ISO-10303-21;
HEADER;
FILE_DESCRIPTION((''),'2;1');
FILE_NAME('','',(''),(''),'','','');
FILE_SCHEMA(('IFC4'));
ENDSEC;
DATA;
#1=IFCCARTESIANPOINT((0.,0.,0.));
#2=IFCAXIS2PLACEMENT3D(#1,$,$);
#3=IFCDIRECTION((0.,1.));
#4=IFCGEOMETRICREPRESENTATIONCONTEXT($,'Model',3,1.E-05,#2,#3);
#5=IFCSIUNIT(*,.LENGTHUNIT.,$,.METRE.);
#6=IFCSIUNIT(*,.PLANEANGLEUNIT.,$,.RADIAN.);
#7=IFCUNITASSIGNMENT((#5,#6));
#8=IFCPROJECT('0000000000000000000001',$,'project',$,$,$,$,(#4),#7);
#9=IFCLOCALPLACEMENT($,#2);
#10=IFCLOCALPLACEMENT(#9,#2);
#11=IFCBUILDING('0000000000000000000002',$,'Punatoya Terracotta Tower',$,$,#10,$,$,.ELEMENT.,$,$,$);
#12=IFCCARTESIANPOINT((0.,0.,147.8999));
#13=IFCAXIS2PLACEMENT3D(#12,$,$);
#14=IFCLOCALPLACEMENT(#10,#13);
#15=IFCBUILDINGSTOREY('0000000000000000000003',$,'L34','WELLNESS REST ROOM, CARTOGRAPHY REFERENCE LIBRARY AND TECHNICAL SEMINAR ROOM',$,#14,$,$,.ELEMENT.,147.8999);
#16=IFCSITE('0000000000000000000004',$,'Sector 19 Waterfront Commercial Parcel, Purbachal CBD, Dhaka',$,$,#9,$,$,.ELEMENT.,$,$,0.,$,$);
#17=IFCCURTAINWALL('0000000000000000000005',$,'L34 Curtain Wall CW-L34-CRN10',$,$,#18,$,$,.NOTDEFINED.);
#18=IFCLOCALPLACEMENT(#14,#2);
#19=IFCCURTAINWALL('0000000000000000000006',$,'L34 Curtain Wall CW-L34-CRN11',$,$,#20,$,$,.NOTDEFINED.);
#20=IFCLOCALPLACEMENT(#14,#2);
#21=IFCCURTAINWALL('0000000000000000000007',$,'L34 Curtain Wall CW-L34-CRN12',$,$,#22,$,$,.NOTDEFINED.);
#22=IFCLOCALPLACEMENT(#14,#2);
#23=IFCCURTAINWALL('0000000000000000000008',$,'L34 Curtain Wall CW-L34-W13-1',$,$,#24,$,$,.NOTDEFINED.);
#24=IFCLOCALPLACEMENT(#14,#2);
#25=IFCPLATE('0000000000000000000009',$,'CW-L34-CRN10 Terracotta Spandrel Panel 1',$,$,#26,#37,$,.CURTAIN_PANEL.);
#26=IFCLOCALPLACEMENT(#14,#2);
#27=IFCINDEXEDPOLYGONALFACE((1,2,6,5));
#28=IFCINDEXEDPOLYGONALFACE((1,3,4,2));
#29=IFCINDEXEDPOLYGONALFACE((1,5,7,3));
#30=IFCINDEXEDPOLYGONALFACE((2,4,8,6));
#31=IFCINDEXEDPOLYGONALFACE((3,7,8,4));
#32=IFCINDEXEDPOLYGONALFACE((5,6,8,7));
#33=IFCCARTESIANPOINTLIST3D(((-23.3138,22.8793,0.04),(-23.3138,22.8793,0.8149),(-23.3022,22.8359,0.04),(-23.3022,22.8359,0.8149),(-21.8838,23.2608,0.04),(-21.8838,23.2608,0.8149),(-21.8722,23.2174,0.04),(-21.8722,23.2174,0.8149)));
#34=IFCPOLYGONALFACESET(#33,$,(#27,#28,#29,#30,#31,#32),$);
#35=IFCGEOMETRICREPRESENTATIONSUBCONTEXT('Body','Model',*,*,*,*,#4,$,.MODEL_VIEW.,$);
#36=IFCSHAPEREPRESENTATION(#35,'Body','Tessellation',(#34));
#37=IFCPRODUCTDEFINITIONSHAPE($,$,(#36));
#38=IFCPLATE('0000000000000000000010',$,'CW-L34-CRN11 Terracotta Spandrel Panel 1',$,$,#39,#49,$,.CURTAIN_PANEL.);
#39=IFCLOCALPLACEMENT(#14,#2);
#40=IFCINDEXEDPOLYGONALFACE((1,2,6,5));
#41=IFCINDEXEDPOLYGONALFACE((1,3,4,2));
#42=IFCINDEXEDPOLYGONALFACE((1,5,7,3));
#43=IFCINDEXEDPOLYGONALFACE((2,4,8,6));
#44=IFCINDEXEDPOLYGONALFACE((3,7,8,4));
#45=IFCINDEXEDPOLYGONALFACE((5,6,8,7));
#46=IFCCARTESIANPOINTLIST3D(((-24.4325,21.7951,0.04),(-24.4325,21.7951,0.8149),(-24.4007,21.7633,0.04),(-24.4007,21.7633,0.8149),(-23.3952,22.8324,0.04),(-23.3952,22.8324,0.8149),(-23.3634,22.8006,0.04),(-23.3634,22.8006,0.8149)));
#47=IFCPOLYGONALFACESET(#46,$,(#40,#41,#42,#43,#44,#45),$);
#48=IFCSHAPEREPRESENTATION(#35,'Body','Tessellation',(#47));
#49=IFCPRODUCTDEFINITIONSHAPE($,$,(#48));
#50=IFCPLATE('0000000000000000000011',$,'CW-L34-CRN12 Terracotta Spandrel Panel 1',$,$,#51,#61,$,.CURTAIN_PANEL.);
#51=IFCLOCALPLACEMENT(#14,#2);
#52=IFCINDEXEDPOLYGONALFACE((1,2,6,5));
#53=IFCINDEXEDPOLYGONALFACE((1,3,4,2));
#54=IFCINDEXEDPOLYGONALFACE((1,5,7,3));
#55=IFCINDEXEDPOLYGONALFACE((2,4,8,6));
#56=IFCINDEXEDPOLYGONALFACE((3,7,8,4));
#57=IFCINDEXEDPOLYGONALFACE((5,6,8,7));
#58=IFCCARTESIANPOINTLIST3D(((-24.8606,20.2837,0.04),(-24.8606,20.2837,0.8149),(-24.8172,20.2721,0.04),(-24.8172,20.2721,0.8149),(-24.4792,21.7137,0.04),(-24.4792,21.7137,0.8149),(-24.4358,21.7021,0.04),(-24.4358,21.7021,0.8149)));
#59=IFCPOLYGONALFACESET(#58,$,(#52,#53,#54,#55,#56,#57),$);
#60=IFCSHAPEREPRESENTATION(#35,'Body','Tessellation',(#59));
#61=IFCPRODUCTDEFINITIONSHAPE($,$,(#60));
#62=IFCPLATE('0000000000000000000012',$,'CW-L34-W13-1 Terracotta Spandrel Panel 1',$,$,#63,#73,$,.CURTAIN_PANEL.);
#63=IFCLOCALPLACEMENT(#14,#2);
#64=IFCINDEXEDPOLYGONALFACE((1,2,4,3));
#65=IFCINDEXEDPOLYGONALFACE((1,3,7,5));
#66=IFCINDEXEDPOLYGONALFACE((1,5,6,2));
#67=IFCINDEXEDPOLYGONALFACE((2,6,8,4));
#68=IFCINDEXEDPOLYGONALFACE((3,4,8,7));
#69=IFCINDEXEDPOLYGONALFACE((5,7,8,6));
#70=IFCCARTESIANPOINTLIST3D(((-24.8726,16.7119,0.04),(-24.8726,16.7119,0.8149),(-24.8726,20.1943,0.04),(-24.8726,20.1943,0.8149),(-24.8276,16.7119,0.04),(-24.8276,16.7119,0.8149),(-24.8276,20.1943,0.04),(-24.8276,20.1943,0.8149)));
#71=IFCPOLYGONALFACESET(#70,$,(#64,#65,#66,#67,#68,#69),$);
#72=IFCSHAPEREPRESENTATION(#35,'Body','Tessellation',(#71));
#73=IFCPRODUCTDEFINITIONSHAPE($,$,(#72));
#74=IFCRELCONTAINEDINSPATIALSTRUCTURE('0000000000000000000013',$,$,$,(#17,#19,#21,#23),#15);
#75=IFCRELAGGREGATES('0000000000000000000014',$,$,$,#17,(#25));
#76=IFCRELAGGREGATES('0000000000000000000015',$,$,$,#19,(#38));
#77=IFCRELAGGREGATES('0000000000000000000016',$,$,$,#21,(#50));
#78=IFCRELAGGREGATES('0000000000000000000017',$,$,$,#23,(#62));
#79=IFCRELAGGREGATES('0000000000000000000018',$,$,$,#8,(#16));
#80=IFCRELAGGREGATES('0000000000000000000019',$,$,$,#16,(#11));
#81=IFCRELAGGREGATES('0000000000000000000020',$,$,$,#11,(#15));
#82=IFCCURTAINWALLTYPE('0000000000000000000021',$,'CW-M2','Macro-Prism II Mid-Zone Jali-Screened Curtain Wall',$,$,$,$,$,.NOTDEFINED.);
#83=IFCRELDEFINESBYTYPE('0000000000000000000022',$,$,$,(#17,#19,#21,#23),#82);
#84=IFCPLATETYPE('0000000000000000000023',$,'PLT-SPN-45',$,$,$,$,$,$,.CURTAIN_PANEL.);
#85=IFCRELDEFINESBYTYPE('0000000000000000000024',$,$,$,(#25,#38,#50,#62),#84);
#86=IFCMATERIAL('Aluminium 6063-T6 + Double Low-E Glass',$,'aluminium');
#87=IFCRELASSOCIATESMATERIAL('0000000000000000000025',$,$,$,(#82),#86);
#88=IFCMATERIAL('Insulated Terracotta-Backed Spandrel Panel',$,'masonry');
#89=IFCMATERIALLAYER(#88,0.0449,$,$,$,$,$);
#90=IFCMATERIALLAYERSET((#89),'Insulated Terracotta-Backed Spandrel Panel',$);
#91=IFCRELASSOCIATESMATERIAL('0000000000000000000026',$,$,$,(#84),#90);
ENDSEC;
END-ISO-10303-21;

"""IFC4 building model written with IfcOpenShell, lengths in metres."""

from ifc_helpers import new_model, si_unit, direction, frame, origin, origin_2d, place, context, subcontext, project, spatial, rectangle, extrude, material, layer, layer_set, type_object, element, aggregate, save


model = new_model("IFC4")

# Units and contexts
model_context = context("Model", 3, precision=1e-05, world=origin(), true_north=direction((0.0, 1.0)))
body_context = subcontext(model_context, "Body", "Model", "MODEL_VIEW")
ifc_project = project(units=[si_unit("LENGTHUNIT", "METRE"), si_unit("PLANEANGLEUNIT", "RADIAN")], contexts=[model_context])

# Site, building, storey
site_placement = place(None, origin())
site = spatial("IfcSite", under=ifc_project, at=site_placement, Name="Sector 19 Waterfront Commercial Parcel, Purbachal CBD, Dhaka", CompositionType="ELEMENT", RefElevation=0.0)
building_placement = place(site_placement, origin())
building = spatial("IfcBuilding", under=site, at=building_placement, Name="Punatoya Terracotta Tower", CompositionType="ELEMENT")
storey_placement = place(building_placement, frame((0.0, 0.0, 147.8999)))
storey = spatial("IfcBuildingStorey", under=building, at=storey_placement, Name="L34", Description="WELLNESS REST ROOM, CARTOGRAPHY REFERENCE LIBRARY AND TECHNICAL SEMINAR ROOM", CompositionType="ELEMENT", Elevation=147.8999)

# Curtain walls
ifc_material_1 = material(Name="Aluminium 6063-T6 + Double Low-E Glass", Category="aluminium")
curtain_wall_type = type_object("IfcCurtainWallType", Name="CW-M2", Description="Macro-Prism II Mid-Zone Jali-Screened Curtain Wall", PredefinedType="NOTDEFINED", material=ifc_material_1)
curtain_wall_1_placement = place(storey_placement, origin())
curtain_wall_1 = element("IfcCurtainWall", 1, at=curtain_wall_1_placement, inside=storey, type_object=curtain_wall_type, Name="L34 Curtain Wall CW-L34-CRN10", PredefinedType="NOTDEFINED")
curtain_wall_2_placement = place(storey_placement, origin())
curtain_wall_2 = element("IfcCurtainWall", 2, at=curtain_wall_2_placement, inside=storey, type_object=curtain_wall_type, Name="L34 Curtain Wall CW-L34-CRN11", PredefinedType="NOTDEFINED")
curtain_wall_3_placement = place(storey_placement, origin())
curtain_wall_3 = element("IfcCurtainWall", 3, at=curtain_wall_3_placement, inside=storey, type_object=curtain_wall_type, Name="L34 Curtain Wall CW-L34-CRN12", PredefinedType="NOTDEFINED")

# Curtain wall
curtain_wall_4_placement = place(storey_placement, origin())
curtain_wall_4 = element("IfcCurtainWall", 4, at=curtain_wall_4_placement, inside=storey, type_object=curtain_wall_type, Name="L34 Curtain Wall CW-L34-W13-1", PredefinedType="NOTDEFINED")

# Plates
ifc_material_2 = material(Name="Insulated Terracotta-Backed Spandrel Panel", Category="masonry")
ifc_layer_1 = layer(ifc_material_2, 0.0449)
ifc_layer_set_1 = layer_set([ifc_layer_1], Name="Insulated Terracotta-Backed Spandrel Panel")
plate_type_1 = type_object("IfcPlateType", Name="PLT-SPN-45", PredefinedType="CURTAIN_PANEL", material=ifc_layer_set_1)
plate_1_placement = place(storey_placement, frame((-22.593, 23.0483, 0.04), z_axis=(0.0, 0.0, 1.0), x_axis=(-0.966214, -0.257742, 0.0)))
plate_1 = element("IfcPlate", 5, at=plate_1_placement, type_object=plate_type_1, Name="CW-L34-CRN10 Terracotta Spandrel Panel 1", PredefinedType="CURTAIN_PANEL", context=body_context, shape_type="SweptSolid", body=[
    extrude(rectangle(XDim=1.48, YDim=0.0449, at=origin_2d()), origin(), (0.0, 0.0, 1.0), 0.7749),
])
aggregate(curtain_wall_1, [plate_1])
plate_2_placement = place(storey_placement, frame((-23.8979, 22.2979, 0.04), z_axis=(0.0, 0.0, 1.0), x_axis=(-0.707107, -0.707107, 0.0)))
plate_2 = element("IfcPlate", 6, at=plate_2_placement, type_object=plate_type_1, Name="CW-L34-CRN11 Terracotta Spandrel Panel 1", PredefinedType="CURTAIN_PANEL", context=body_context, shape_type="SweptSolid", body=[
    extrude(rectangle(XDim=1.467, YDim=0.0449, at=origin_2d()), origin(), (0.0, 0.0, 1.0), 0.7749),
])
aggregate(curtain_wall_2, [plate_2])
plate_3_placement = place(storey_placement, frame((-24.6482, 20.9929, 0.04), z_axis=(0.0, 0.0, 1.0), x_axis=(-0.257742, -0.966214, 0.0)))
plate_3 = element("IfcPlate", 7, at=plate_3_placement, type_object=plate_type_1, Name="CW-L34-CRN12 Terracotta Spandrel Panel 1", PredefinedType="CURTAIN_PANEL", context=body_context, shape_type="SweptSolid", body=[
    extrude(rectangle(XDim=1.48, YDim=0.0449, at=origin_2d()), origin(), (0.0, 0.0, 1.0), 0.7749),
])
aggregate(curtain_wall_3, [plate_3])
plate_4_placement = place(storey_placement, frame((-24.8501, 18.4531, 0.04), z_axis=(0.0, 0.0, 1.0), x_axis=(0.0, -1.0, 0.0)))
plate_4 = element("IfcPlate", 8, at=plate_4_placement, type_object=plate_type_1, Name="CW-L34-W13-1 Terracotta Spandrel Panel 1", PredefinedType="CURTAIN_PANEL", context=body_context, shape_type="SweptSolid", body=[
    extrude(rectangle(XDim=3.4824, YDim=0.0449, at=origin_2d()), origin(), (0.0, 0.0, 1.0), 0.7749),
])
aggregate(curtain_wall_4, [plate_4])

save(model, "model.ifc")
